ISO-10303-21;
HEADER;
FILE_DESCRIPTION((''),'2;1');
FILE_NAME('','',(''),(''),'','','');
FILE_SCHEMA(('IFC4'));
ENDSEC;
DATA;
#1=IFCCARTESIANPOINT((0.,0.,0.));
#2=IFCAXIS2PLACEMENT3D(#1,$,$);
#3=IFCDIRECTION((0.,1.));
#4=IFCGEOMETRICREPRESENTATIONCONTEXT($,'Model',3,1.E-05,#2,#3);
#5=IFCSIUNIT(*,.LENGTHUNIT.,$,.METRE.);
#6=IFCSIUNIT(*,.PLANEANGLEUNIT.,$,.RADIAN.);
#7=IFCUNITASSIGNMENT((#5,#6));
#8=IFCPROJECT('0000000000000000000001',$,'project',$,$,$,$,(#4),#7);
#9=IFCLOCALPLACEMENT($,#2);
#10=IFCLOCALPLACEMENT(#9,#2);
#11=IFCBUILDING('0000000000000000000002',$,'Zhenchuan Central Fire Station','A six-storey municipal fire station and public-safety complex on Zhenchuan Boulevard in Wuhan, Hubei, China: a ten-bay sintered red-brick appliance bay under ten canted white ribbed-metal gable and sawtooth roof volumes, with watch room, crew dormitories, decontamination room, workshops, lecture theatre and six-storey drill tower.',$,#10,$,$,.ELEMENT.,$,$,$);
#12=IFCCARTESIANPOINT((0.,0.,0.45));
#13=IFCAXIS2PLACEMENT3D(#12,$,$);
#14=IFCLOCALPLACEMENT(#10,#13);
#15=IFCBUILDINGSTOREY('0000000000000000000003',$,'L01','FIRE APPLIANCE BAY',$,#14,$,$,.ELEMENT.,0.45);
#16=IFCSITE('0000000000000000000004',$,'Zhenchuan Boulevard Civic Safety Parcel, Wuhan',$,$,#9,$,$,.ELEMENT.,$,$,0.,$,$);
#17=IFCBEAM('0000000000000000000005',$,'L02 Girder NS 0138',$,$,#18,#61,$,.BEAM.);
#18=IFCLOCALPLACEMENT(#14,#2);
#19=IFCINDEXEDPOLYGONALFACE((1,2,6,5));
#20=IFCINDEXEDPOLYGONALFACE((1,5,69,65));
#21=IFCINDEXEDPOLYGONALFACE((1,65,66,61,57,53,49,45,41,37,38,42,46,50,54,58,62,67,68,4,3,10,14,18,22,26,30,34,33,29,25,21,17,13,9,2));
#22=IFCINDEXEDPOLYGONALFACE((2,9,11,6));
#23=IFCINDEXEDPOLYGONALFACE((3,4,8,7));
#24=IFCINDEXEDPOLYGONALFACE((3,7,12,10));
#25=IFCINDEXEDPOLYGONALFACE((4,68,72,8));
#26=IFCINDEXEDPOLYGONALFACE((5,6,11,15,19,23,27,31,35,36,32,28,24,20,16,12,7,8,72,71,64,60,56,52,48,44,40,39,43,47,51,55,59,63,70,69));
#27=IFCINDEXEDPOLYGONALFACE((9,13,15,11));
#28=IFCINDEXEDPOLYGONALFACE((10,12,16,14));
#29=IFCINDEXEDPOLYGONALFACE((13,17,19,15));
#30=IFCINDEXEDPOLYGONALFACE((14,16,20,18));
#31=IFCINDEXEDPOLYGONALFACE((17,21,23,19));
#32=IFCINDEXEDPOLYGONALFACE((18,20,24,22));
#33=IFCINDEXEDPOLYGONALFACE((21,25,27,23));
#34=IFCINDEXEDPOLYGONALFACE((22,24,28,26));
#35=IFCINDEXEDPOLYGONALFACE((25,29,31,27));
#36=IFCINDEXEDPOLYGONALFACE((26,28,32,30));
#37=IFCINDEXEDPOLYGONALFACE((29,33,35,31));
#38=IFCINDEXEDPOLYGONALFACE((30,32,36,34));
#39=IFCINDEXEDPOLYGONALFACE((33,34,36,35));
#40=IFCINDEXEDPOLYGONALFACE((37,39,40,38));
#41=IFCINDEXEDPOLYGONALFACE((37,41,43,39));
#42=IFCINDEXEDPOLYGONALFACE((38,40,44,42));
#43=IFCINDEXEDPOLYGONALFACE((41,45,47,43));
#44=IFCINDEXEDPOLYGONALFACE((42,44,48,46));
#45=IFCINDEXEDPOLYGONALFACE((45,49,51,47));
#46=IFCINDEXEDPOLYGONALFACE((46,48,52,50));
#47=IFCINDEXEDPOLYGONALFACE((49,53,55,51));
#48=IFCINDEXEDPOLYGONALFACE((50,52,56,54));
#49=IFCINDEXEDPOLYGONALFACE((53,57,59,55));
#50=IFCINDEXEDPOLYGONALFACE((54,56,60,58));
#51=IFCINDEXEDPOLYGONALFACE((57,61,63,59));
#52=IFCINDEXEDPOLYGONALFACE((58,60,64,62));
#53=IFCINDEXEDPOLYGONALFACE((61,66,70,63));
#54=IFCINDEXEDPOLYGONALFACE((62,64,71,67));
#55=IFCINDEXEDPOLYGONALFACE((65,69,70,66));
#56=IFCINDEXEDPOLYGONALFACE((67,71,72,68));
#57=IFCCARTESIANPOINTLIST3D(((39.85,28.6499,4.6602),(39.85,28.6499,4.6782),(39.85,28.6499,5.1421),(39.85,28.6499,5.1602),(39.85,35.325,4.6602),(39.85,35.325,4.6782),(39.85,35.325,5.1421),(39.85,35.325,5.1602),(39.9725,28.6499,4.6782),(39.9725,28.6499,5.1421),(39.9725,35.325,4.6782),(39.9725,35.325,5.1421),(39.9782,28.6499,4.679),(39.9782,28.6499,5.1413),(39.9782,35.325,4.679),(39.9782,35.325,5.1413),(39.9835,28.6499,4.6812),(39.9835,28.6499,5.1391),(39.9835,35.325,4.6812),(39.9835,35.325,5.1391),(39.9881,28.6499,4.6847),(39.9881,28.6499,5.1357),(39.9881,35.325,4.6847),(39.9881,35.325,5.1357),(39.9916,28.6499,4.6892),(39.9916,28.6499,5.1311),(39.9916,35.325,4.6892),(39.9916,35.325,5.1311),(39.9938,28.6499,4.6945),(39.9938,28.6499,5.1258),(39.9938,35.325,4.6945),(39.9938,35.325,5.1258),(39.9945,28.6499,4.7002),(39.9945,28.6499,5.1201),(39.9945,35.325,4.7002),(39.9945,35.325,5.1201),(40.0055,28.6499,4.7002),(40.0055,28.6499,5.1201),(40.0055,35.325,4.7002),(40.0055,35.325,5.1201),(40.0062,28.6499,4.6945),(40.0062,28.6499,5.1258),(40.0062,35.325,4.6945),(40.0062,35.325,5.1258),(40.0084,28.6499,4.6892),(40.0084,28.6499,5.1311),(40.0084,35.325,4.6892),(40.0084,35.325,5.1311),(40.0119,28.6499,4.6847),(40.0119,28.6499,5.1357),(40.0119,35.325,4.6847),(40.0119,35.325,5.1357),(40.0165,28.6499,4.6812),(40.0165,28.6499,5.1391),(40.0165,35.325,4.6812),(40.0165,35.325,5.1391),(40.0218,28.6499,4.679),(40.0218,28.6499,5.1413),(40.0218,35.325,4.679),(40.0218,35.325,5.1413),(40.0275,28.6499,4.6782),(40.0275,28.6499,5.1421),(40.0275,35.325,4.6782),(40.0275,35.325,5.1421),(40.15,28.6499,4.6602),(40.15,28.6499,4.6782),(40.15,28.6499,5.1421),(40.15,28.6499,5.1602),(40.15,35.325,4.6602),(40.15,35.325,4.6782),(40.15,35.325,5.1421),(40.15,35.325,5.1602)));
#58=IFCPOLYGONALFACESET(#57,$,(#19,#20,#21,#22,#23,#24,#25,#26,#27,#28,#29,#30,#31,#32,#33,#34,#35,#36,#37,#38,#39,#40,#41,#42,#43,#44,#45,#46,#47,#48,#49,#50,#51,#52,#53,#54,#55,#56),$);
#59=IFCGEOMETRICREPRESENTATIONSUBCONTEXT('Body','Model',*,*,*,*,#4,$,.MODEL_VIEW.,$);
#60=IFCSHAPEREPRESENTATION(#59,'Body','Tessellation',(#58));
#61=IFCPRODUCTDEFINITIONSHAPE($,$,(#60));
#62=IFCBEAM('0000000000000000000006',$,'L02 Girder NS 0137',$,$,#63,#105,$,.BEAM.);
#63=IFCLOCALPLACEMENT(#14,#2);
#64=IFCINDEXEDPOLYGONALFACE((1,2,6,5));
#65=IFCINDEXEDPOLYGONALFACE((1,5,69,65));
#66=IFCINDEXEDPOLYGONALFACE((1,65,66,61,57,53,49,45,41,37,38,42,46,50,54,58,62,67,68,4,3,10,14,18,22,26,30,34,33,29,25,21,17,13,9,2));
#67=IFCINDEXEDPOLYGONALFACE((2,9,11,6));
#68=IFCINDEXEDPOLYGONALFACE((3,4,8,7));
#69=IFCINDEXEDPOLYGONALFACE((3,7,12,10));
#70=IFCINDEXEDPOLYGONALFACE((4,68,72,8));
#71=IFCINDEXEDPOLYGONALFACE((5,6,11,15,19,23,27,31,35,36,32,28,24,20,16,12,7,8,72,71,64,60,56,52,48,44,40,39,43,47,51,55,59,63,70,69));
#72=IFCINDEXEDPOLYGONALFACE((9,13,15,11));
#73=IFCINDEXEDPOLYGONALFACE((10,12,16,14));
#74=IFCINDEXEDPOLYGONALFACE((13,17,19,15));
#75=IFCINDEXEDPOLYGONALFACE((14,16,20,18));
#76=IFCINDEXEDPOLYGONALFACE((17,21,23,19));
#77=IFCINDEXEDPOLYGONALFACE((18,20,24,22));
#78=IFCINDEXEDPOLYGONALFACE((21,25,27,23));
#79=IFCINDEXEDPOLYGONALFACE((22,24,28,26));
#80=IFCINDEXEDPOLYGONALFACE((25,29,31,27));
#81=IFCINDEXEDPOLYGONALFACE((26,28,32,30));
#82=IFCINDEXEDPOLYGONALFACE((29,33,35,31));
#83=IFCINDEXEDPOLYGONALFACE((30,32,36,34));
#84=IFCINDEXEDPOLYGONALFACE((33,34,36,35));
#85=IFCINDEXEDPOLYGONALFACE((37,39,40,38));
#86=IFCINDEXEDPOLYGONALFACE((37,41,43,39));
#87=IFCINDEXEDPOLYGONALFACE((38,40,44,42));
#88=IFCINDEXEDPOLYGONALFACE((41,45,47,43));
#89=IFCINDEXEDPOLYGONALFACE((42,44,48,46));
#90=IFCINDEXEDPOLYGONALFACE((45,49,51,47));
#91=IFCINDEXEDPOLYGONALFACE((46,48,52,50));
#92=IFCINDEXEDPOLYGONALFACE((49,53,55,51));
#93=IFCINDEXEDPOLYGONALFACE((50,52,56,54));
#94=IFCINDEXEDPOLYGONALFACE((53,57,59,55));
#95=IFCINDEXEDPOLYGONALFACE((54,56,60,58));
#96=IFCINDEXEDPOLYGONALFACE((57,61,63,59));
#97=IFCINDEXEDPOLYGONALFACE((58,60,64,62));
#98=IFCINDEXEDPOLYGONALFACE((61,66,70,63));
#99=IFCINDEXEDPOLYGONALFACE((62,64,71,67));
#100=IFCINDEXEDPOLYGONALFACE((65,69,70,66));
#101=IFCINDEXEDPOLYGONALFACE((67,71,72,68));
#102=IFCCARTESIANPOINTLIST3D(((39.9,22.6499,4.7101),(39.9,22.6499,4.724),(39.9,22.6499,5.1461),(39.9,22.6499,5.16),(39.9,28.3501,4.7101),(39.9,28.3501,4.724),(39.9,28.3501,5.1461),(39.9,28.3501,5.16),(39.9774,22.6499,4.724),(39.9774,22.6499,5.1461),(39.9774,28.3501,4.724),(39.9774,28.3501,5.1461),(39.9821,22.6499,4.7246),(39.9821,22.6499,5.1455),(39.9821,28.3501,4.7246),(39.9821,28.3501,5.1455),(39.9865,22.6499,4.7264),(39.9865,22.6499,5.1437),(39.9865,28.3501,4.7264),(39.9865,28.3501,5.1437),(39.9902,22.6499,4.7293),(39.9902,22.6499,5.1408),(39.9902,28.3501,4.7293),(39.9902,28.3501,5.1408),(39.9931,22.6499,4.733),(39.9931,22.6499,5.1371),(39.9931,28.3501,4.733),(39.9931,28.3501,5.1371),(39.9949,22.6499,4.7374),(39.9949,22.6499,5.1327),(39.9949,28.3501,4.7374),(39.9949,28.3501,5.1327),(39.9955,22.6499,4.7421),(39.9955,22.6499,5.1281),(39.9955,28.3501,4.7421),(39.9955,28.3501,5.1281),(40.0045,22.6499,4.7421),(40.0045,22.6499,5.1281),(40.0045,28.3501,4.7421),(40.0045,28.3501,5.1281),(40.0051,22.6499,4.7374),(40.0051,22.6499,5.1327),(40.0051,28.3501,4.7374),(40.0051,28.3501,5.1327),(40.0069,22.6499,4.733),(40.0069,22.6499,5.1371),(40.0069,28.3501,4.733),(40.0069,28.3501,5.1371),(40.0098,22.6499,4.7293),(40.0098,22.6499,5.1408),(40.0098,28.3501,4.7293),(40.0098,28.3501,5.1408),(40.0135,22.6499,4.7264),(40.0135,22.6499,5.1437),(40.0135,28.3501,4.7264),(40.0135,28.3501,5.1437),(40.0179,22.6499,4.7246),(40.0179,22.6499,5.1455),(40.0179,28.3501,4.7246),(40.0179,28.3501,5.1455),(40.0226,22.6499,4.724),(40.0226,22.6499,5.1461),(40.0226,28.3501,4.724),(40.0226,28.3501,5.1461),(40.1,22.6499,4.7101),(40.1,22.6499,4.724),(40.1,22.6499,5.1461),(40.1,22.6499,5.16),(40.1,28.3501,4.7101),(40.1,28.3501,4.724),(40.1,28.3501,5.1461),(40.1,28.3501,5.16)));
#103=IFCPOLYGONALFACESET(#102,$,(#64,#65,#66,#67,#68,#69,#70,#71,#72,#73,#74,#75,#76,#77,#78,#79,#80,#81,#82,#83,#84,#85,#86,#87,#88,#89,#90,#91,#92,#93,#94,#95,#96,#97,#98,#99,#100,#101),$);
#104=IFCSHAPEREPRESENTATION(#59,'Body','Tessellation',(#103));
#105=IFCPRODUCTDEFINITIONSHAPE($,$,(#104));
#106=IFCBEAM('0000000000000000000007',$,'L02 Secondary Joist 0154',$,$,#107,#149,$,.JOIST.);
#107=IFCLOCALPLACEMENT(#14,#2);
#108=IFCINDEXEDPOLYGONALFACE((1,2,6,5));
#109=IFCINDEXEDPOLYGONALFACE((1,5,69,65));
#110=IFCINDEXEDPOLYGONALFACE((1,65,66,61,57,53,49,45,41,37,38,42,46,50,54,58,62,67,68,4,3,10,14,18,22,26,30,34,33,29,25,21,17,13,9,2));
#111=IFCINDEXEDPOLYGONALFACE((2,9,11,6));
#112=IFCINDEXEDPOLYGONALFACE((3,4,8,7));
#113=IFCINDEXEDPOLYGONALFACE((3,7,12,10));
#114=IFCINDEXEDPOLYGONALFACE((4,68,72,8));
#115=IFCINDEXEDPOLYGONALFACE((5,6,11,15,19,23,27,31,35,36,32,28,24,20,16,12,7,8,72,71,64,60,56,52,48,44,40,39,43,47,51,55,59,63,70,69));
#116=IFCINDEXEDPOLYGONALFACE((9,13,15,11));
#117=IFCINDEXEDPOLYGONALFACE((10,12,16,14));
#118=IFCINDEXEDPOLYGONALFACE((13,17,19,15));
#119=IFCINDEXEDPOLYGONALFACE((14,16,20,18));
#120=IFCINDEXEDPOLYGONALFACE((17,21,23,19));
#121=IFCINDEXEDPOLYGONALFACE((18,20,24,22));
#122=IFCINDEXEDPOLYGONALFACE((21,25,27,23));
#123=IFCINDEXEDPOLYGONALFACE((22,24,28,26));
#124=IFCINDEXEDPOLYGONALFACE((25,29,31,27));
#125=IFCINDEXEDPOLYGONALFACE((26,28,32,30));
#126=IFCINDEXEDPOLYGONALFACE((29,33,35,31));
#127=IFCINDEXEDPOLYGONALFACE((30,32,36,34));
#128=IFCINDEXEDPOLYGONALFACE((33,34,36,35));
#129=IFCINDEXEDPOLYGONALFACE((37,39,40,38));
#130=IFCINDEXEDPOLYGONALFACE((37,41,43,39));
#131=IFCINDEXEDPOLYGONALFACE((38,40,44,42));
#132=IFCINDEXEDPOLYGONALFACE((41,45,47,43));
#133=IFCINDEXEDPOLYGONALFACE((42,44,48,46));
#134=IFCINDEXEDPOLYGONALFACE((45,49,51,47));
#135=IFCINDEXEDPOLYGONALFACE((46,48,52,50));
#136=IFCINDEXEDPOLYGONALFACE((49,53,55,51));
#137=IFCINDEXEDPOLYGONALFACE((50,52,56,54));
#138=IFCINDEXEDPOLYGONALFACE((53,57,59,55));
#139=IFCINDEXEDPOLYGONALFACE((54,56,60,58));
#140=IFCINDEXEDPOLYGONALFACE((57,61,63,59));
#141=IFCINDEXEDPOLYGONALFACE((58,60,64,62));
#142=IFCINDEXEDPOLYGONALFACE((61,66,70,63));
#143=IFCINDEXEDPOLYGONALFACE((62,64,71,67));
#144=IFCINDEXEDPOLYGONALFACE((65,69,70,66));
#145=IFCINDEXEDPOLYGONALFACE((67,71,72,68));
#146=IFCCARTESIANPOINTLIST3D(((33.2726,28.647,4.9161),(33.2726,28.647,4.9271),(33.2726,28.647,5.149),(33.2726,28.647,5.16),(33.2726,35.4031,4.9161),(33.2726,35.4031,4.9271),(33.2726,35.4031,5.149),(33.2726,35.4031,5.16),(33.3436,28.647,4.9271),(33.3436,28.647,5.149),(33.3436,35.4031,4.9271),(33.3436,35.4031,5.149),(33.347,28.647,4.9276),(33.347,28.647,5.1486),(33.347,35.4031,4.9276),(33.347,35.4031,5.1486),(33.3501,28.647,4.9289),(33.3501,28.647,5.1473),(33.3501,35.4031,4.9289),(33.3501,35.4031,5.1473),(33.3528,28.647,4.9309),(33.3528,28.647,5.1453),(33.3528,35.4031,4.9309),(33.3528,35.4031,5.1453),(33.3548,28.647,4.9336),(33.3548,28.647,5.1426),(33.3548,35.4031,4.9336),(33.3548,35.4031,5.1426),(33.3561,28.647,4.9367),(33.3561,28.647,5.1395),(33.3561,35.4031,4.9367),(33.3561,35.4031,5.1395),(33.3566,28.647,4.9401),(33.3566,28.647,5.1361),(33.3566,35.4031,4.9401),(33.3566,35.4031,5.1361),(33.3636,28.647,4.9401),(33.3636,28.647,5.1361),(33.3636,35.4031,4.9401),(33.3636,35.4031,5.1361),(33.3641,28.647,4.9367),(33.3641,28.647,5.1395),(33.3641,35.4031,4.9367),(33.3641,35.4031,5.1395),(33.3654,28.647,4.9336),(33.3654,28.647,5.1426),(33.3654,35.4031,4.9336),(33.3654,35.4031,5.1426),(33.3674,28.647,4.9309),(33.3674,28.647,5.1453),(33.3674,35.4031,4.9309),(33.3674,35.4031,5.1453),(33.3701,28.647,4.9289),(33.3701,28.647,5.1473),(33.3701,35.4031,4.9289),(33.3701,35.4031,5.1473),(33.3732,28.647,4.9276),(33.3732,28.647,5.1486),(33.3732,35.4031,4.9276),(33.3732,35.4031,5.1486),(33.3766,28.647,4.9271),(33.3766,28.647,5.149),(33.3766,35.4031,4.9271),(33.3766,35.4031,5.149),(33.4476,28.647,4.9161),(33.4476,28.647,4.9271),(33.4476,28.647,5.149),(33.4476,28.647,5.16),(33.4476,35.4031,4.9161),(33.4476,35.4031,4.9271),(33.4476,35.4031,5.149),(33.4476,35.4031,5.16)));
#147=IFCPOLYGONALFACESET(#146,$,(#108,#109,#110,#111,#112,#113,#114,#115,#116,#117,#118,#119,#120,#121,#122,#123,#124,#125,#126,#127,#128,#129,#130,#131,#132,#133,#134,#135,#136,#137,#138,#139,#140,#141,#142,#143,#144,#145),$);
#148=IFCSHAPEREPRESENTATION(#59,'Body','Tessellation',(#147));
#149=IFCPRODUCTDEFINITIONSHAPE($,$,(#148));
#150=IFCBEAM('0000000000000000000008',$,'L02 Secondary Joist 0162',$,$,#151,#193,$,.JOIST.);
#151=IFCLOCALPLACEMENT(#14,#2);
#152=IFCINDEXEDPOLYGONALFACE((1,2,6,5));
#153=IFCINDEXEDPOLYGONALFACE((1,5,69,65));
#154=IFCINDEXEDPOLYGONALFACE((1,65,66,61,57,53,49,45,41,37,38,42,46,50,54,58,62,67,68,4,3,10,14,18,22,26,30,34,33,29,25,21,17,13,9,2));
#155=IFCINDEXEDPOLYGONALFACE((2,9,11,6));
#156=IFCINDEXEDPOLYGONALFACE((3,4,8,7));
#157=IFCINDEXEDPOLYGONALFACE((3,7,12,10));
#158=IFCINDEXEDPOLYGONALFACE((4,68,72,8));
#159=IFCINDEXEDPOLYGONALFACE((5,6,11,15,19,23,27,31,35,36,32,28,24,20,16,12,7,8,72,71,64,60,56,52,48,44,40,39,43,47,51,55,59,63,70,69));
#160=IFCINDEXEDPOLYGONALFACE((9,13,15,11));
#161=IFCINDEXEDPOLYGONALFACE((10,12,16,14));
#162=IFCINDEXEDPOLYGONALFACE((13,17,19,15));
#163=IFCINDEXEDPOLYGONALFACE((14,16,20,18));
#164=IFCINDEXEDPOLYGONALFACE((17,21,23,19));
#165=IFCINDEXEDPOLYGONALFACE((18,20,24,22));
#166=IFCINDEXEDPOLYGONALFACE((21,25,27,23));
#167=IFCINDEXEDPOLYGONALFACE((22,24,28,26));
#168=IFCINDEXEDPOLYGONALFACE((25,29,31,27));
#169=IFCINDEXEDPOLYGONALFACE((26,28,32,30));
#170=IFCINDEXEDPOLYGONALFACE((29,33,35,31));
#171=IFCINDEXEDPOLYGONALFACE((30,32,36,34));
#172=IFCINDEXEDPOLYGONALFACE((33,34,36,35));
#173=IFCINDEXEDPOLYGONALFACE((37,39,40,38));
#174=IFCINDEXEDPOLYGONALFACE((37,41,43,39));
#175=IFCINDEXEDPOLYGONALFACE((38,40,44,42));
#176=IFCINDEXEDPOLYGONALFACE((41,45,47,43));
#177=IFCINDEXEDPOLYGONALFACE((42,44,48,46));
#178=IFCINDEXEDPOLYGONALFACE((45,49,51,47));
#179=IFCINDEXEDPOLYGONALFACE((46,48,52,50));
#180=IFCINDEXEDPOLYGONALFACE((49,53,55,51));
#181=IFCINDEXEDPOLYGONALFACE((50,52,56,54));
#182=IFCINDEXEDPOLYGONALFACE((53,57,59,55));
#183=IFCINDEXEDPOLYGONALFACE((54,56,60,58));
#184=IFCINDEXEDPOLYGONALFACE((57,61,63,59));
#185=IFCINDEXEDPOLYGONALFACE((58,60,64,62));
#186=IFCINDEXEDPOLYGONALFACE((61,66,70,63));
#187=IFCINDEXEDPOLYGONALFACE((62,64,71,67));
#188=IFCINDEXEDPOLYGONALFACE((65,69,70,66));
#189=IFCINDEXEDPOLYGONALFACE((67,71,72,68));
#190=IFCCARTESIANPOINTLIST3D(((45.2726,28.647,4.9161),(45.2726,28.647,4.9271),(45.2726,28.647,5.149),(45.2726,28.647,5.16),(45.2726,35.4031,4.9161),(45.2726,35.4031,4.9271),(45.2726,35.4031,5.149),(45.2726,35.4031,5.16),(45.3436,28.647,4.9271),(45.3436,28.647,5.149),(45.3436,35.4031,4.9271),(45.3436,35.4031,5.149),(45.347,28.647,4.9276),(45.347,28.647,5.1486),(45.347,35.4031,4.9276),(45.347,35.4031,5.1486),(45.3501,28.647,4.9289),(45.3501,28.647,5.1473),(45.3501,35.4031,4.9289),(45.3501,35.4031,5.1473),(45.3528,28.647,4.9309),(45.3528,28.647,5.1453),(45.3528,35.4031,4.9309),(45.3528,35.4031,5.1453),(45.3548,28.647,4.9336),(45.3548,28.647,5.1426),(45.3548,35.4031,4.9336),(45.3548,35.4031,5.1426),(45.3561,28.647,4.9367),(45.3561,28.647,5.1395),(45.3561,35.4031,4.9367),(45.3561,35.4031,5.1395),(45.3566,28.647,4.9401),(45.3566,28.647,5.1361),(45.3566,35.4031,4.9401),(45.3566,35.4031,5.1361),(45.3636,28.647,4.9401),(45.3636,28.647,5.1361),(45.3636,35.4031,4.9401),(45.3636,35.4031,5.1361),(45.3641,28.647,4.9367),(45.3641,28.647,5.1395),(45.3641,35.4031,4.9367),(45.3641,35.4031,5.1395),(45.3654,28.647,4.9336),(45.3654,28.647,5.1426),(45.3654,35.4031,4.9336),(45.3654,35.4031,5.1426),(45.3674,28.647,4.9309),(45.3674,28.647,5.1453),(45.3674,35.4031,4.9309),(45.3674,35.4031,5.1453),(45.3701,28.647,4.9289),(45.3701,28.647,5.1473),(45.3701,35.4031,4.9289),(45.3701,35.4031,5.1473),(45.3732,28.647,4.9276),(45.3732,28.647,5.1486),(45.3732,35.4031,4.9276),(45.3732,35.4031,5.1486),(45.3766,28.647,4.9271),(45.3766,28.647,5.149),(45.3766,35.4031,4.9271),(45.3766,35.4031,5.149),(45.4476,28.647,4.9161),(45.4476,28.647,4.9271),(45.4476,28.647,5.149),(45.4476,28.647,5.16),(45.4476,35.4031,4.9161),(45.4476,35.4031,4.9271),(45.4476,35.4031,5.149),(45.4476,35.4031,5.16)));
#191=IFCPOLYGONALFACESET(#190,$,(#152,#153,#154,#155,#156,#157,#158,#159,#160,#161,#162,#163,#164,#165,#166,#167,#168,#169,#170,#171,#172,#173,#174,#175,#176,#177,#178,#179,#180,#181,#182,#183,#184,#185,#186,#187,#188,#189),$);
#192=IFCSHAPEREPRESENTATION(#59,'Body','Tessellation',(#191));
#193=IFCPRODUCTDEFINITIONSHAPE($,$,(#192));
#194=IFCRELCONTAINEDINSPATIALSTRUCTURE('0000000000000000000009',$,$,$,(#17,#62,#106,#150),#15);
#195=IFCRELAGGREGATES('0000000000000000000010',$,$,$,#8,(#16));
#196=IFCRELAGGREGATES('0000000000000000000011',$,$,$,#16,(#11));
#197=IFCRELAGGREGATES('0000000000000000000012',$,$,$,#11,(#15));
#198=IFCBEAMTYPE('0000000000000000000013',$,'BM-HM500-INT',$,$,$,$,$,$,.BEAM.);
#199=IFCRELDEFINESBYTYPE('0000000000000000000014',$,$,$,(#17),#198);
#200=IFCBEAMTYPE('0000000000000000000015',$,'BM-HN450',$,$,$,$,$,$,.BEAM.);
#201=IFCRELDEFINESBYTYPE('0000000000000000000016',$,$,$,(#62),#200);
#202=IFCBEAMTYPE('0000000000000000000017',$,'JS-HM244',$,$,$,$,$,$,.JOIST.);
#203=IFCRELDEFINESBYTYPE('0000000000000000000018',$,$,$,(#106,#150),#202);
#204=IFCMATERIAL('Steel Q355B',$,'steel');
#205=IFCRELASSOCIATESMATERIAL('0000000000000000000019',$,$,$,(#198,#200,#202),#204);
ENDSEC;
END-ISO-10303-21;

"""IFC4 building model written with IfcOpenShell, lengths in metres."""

from ifc_helpers import new_model, si_unit, direction, frame, origin, origin_2d, place, context, subcontext, project, spatial, i_section, extrude, material, material_profile, profile_set, type_object, element, save


model = new_model("IFC4")

# Units and contexts
model_context = context("Model", 3, precision=1e-05, world=origin(), true_north=direction((0.0, 1.0)))
body_context = subcontext(model_context, "Body", "Model", "MODEL_VIEW")
ifc_project = project(units=[si_unit("LENGTHUNIT", "METRE"), si_unit("PLANEANGLEUNIT", "RADIAN")], contexts=[model_context])

# Site, building, storey
site_placement = place(None, origin())
site = spatial("IfcSite", under=ifc_project, at=site_placement, Name="Zhenchuan Boulevard Civic Safety Parcel, Wuhan", CompositionType="ELEMENT", RefElevation=0.0)
building_placement = place(site_placement, origin())
building = spatial("IfcBuilding", under=site, at=building_placement, Name="Zhenchuan Central Fire Station", Description="A six-storey municipal fire station and public-safety complex on Zhenchuan Boulevard in Wuhan, Hubei, China: a ten-bay sintered red-brick appliance bay under ten canted white ribbed-metal gable and sawtooth roof volumes, with watch room, crew dormitories, decontamination room, workshops, lecture theatre and six-storey drill tower.", CompositionType="ELEMENT")
storey_placement = place(building_placement, frame((0.0, 0.0, 0.45)))
storey = spatial("IfcBuildingStorey", under=building, at=storey_placement, Name="L01", Description="FIRE APPLIANCE BAY", CompositionType="ELEMENT", Elevation=0.45)

# Shared definitions
ifc_material_1 = material(Name="Steel Q355B", Category="steel")

# Beams
ifc_material_profile_1 = material_profile(ifc_material_1, i_section(OverallWidth=0.3, OverallDepth=0.5, WebThickness=0.011, FlangeThickness=0.0181, FilletRadius=0.022, at=origin_2d()), Name="HM 500x300")
ifc_profile_set_1 = profile_set([ifc_material_profile_1], Name="Steel Q355B")
beam_type_1 = type_object("IfcBeamType", Name="BM-HM500-INT", PredefinedType="BEAM", material=ifc_profile_set_1)
beam_1_placement = place(storey_placement, frame((40.0, 28.6499, 4.9102), z_axis=(0.0, 1.0, 0.0), x_axis=(-1.0, 0.0, 0.0)))
element("IfcBeam", 1, at=beam_1_placement, inside=storey, type_object=beam_type_1, Name="L02 Girder NS 0138", PredefinedType="BEAM", context=body_context, shape_type="SweptSolid", body=[
    extrude(i_section(OverallWidth=0.3, OverallDepth=0.5, WebThickness=0.011, FlangeThickness=0.0181, FilletRadius=0.022, at=origin_2d()), origin(), (0.0, 0.0, 1.0), 6.675),
])
ifc_material_profile_2 = material_profile(ifc_material_1, i_section(OverallWidth=0.2, OverallDepth=0.45, WebThickness=0.009, FlangeThickness=0.0139, FilletRadius=0.0181, at=origin_2d()), Name="HN 450x200")
ifc_profile_set_2 = profile_set([ifc_material_profile_2], Name="Steel Q355B")
beam_type_2 = type_object("IfcBeamType", Name="BM-HN450", PredefinedType="BEAM", material=ifc_profile_set_2)
beam_2_placement = place(storey_placement, frame((40.0, 22.6499, 4.9351), z_axis=(0.0, 1.0, 0.0), x_axis=(-1.0, 0.0, 0.0)))
element("IfcBeam", 2, at=beam_2_placement, inside=storey, type_object=beam_type_2, Name="L02 Girder NS 0137", PredefinedType="BEAM", context=body_context, shape_type="SweptSolid", body=[
    extrude(i_section(OverallWidth=0.2, OverallDepth=0.45, WebThickness=0.009, FlangeThickness=0.0139, FilletRadius=0.0181, at=origin_2d()), origin(), (0.0, 0.0, 1.0), 5.7002),
])
ifc_material_profile_3 = material_profile(ifc_material_1, i_section(OverallWidth=0.175, OverallDepth=0.2439, WebThickness=0.0071, FlangeThickness=0.011, FilletRadius=0.0129, at=origin_2d()), Name="HM 244x175")
ifc_profile_set_3 = profile_set([ifc_material_profile_3], Name="Steel Q355B")
beam_type_3 = type_object("IfcBeamType", Name="JS-HM244", PredefinedType="JOIST", material=ifc_profile_set_3)
for number, where, z_axis, x_axis, name in (
    (3, (33.3601, 28.647, 5.0381), (0.0, 1.0, 0.0), (-1.0, 0.0, 0.0), "L02 Secondary Joist 0154"),
    (4, (45.3601, 28.647, 5.0381), (0.0, 1.0, 0.0), (-1.0, 0.0, 0.0), "L02 Secondary Joist 0162"),
):
    element("IfcBeam", number, at=place(storey_placement, frame(where, z_axis=z_axis, x_axis=x_axis)), inside=storey, type_object=beam_type_3, Name=name, PredefinedType="JOIST", context=body_context, shape_type="SweptSolid", body=[
        extrude(i_section(OverallWidth=0.175, OverallDepth=0.2439, WebThickness=0.0071, FlangeThickness=0.011, FilletRadius=0.0129, at=origin_2d()), origin(), (0.0, 0.0, 1.0), 6.7561),
    ])

save(model, "model.ifc")
